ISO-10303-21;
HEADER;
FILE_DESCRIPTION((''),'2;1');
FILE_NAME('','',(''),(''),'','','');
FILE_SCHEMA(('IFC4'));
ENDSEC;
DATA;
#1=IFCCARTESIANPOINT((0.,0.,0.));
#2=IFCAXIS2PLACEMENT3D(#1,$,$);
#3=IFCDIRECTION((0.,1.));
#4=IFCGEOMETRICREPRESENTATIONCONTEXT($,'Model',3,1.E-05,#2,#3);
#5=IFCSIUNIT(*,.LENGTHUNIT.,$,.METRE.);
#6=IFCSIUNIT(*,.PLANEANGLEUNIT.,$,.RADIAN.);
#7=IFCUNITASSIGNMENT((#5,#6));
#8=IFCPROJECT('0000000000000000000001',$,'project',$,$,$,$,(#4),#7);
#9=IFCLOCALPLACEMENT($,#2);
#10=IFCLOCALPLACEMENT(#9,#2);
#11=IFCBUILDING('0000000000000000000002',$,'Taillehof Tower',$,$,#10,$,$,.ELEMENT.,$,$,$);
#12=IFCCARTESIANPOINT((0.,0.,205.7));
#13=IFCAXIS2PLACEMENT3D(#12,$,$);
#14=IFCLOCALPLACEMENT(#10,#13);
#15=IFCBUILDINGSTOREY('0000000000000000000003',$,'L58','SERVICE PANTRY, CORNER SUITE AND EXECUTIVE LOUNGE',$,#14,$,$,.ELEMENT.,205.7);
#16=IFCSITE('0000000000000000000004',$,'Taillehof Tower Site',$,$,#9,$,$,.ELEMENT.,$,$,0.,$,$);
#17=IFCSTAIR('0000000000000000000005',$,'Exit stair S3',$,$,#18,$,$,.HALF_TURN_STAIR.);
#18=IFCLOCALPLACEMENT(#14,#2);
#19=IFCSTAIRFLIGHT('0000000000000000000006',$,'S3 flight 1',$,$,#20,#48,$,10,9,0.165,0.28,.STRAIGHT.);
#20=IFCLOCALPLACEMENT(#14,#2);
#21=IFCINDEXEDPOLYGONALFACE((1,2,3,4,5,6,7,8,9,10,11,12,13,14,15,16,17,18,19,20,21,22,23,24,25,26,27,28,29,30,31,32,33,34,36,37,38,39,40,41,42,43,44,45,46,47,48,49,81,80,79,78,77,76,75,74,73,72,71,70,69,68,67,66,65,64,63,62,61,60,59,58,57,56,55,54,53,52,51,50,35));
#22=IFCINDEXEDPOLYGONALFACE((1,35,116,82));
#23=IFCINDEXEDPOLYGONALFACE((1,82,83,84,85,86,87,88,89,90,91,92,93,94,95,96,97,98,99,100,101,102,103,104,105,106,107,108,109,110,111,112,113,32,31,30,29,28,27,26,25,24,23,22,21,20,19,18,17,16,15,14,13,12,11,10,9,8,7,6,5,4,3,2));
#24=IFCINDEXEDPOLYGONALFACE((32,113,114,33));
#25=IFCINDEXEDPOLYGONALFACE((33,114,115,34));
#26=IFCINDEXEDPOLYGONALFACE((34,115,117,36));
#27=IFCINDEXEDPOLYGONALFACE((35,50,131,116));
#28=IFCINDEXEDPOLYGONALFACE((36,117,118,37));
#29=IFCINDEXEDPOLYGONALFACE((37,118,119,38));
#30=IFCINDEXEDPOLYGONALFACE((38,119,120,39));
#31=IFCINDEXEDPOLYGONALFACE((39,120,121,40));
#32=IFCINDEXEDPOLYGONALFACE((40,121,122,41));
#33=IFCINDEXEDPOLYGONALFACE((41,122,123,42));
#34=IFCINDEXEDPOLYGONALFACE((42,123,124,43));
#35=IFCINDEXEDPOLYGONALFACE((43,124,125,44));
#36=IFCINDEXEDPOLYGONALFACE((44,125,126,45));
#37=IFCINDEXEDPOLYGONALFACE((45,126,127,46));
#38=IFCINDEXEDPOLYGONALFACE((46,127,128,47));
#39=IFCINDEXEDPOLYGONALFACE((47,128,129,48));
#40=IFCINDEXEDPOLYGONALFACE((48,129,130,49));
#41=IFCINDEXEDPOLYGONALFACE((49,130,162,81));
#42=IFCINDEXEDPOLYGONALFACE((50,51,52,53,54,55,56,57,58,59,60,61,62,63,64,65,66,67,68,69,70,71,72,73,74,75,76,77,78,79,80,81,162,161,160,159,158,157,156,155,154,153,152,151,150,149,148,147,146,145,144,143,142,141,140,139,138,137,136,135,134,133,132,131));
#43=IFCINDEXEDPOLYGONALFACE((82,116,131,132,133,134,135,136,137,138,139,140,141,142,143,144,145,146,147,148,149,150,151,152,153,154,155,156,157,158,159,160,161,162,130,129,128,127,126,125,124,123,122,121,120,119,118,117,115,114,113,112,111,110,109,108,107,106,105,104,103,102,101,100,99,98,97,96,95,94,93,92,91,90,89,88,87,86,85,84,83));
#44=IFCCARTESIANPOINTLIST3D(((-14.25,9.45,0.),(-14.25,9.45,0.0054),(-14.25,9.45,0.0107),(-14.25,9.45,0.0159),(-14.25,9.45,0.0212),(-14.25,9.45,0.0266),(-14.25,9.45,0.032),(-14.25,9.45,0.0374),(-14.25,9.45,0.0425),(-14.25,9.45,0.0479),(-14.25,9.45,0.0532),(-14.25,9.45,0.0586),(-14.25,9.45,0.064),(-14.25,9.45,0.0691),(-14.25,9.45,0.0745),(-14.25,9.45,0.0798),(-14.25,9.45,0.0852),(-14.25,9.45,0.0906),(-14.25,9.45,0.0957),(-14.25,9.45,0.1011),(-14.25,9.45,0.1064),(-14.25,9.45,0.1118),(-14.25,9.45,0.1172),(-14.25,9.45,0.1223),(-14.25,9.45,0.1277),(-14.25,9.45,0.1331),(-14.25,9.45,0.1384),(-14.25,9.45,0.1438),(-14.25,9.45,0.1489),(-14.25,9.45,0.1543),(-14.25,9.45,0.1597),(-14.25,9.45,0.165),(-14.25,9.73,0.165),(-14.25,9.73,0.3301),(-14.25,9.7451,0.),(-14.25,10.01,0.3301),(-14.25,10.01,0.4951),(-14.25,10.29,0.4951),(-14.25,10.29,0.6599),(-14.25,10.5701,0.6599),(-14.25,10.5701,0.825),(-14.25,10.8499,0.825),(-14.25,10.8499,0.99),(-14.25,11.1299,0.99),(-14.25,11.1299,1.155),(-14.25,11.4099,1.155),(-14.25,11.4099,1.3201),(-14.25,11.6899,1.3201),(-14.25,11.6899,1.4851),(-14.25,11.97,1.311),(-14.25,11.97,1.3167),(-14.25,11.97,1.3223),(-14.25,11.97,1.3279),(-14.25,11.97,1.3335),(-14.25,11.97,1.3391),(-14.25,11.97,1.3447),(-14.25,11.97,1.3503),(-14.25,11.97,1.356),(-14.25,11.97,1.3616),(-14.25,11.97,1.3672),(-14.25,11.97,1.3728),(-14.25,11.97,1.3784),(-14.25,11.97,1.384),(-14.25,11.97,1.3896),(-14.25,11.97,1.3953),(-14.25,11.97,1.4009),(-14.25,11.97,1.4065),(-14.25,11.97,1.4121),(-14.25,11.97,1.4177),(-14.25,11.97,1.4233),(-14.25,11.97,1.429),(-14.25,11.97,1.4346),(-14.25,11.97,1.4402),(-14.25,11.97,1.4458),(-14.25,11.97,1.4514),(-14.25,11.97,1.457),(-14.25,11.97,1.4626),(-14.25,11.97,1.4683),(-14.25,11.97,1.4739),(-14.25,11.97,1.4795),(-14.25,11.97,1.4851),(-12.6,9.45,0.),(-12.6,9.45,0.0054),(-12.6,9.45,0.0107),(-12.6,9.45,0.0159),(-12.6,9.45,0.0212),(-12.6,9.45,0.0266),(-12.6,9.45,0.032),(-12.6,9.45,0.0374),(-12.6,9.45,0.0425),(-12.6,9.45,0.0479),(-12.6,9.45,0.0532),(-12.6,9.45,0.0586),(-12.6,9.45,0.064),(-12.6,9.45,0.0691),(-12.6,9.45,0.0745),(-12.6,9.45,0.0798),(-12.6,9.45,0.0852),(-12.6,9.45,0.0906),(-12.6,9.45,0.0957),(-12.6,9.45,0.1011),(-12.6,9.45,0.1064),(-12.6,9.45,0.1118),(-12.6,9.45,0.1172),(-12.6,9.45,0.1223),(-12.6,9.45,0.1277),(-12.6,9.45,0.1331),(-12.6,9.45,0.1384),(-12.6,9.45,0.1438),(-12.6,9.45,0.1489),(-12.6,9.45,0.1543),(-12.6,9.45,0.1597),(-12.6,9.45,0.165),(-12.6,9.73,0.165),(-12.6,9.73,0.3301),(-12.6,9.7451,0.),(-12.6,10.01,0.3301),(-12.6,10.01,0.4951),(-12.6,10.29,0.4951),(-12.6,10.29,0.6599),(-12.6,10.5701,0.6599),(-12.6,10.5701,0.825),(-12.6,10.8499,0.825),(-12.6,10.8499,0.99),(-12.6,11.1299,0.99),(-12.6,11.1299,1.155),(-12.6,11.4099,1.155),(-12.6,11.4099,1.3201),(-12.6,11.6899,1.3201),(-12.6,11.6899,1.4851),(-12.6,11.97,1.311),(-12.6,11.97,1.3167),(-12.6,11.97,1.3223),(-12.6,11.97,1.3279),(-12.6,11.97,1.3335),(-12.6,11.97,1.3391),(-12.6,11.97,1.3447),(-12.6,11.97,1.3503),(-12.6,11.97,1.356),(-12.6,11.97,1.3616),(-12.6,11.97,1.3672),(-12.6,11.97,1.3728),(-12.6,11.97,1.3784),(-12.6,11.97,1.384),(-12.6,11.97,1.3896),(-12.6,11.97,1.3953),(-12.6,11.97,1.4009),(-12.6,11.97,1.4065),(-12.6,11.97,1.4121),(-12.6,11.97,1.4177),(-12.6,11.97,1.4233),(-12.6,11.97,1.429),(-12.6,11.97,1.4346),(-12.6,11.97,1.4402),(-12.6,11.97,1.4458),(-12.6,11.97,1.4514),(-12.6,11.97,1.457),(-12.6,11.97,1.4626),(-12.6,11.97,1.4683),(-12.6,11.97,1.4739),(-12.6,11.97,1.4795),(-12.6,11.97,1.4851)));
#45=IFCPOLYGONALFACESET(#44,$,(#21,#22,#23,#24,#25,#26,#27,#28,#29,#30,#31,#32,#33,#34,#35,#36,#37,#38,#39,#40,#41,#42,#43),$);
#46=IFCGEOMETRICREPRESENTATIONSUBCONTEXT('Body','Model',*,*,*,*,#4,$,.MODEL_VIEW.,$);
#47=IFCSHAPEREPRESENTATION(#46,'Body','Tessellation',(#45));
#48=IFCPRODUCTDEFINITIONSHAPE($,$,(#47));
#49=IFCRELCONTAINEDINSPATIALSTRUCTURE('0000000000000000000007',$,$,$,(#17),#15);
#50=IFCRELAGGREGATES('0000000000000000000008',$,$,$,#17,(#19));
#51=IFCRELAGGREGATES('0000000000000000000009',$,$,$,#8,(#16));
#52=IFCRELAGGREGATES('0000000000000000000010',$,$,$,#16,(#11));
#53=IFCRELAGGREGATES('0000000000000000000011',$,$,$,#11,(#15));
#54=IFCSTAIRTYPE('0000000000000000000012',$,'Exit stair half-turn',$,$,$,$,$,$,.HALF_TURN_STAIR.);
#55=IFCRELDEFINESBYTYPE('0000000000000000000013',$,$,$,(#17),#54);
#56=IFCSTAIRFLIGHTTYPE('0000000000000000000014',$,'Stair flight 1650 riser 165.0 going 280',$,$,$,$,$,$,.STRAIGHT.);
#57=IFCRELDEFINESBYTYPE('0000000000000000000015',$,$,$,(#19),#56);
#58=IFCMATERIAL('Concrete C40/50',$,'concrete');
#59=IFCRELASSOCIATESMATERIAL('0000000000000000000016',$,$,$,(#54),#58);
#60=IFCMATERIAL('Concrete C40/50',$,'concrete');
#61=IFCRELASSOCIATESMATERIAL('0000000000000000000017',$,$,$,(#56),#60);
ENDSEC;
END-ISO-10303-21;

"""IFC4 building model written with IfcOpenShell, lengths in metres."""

from ifc_helpers import new_model, si_unit, direction, frame, origin, place, context, subcontext, project, spatial, polyline, outline, extrude, material, type_object, element, aggregate, save


model = new_model("IFC4")

# Units and contexts
model_context = context("Model", 3, precision=1e-05, world=origin(), true_north=direction((0.0, 1.0)))
body_context = subcontext(model_context, "Body", "Model", "MODEL_VIEW")
ifc_project = project(units=[si_unit("LENGTHUNIT", "METRE"), si_unit("PLANEANGLEUNIT", "RADIAN")], contexts=[model_context])

# Site, building, storey
site_placement = place(None, origin())
site = spatial("IfcSite", under=ifc_project, at=site_placement, Name="Taillehof Tower Site", CompositionType="ELEMENT", RefElevation=0.0)
building_placement = place(site_placement, origin())
building = spatial("IfcBuilding", under=site, at=building_placement, Name="Taillehof Tower", CompositionType="ELEMENT")
storey_placement = place(building_placement, frame((0.0, 0.0, 205.7)))
storey = spatial("IfcBuildingStorey", under=building, at=storey_placement, Name="L58", Description="SERVICE PANTRY, CORNER SUITE AND EXECUTIVE LOUNGE", CompositionType="ELEMENT", Elevation=205.7)

# Stair, stair flight
ifc_material_1 = material(Name="Concrete C40/50", Category="concrete")
stair_type = type_object("IfcStairType", Name="Exit stair half-turn", PredefinedType="HALF_TURN_STAIR", material=ifc_material_1)
stair_placement = place(storey_placement, origin())
stair = element("IfcStair", 1, at=stair_placement, inside=storey, type_object=stair_type, Name="Exit stair S3", PredefinedType="HALF_TURN_STAIR")
ifc_material_2 = material(Name="Concrete C40/50", Category="concrete")
stair_flight_type = type_object("IfcStairFlightType", Name="Stair flight 1650 riser 165.0 going 280", PredefinedType="STRAIGHT", material=ifc_material_2)
stair_flight_placement = place(storey_placement, frame((-13.425, 9.45, 0.0), z_axis=(0.0, 0.0, 1.0), x_axis=(0.0, 1.0, 0.0)))
stair_flight = element("IfcStairFlight", 2, at=stair_flight_placement, type_object=stair_flight_type, Name="S3 flight 1", NumberOfRisers=10, NumberOfTreads=9, PredefinedType="STRAIGHT", RiserHeight=0.165, TreadLength=0.28, context=body_context, shape_type="SweptSolid", body=[
    extrude(outline(polyline([(0.0, 0.0), (0.0, 0.0054), (0.0, 0.0107), (0.0, 0.0159), (0.0, 0.0212), (0.0, 0.0266), (0.0, 0.032), (0.0, 0.0374), (0.0, 0.0425), (0.0, 0.0479), (0.0, 0.0532), (0.0, 0.0586), (0.0, 0.064), (0.0, 0.0691), (0.0, 0.0745), (0.0, 0.0798), (0.0, 0.0852), (0.0, 0.0906), (0.0, 0.0957), (0.0, 0.1011), (0.0, 0.1064), (0.0, 0.1118), (0.0, 0.1172), (0.0, 0.1223), (0.0, 0.1277), (0.0, 0.1331), (0.0, 0.1384), (0.0, 0.1438), (0.0, 0.1489), (0.0, 0.1543), (0.0, 0.1597), (0.0, 0.165), (0.28, 0.165), (0.28, 0.3301), (0.5601, 0.3301), (0.5601, 0.4951), (0.8401, 0.4951), (0.8401, 0.6599), (1.1201, 0.6599), (1.1201, 0.825), (1.3999, 0.825), (1.3999, 0.99), (1.6799, 0.99), (1.6799, 1.155), (1.96, 1.155), (1.96, 1.3201), (2.24, 1.3201), (2.24, 1.4851), (2.52, 1.4851), (2.52, 1.4795), (2.52, 1.4739), (2.52, 1.4683), (2.52, 1.4626), (2.52, 1.457), (2.52, 1.4514), (2.52, 1.4458), (2.52, 1.4402), (2.52, 1.4346), (2.52, 1.429), (2.52, 1.4233), (2.52, 1.4177), (2.52, 1.4121), (2.52, 1.4065), (2.52, 1.4009), (2.52, 1.3953), (2.52, 1.3896), (2.52, 1.384), (2.52, 1.3784), (2.52, 1.3728), (2.52, 1.3672), (2.52, 1.3616), (2.52, 1.356), (2.52, 1.3503), (2.52, 1.3447), (2.52, 1.3391), (2.52, 1.3335), (2.52, 1.3279), (2.52, 1.3223), (2.52, 1.3167), (2.52, 1.311), (0.2952, 0.0), (0.0, 0.0)])), frame((0.0, 0.825, 0.0), z_axis=(0.0, -1.0, 0.0), x_axis=(1.0, 0.0, 0.0)), (0.0, 0.0, 1.0), 1.65),
])
aggregate(stair, [stair_flight])

save(model, "model.ifc")
